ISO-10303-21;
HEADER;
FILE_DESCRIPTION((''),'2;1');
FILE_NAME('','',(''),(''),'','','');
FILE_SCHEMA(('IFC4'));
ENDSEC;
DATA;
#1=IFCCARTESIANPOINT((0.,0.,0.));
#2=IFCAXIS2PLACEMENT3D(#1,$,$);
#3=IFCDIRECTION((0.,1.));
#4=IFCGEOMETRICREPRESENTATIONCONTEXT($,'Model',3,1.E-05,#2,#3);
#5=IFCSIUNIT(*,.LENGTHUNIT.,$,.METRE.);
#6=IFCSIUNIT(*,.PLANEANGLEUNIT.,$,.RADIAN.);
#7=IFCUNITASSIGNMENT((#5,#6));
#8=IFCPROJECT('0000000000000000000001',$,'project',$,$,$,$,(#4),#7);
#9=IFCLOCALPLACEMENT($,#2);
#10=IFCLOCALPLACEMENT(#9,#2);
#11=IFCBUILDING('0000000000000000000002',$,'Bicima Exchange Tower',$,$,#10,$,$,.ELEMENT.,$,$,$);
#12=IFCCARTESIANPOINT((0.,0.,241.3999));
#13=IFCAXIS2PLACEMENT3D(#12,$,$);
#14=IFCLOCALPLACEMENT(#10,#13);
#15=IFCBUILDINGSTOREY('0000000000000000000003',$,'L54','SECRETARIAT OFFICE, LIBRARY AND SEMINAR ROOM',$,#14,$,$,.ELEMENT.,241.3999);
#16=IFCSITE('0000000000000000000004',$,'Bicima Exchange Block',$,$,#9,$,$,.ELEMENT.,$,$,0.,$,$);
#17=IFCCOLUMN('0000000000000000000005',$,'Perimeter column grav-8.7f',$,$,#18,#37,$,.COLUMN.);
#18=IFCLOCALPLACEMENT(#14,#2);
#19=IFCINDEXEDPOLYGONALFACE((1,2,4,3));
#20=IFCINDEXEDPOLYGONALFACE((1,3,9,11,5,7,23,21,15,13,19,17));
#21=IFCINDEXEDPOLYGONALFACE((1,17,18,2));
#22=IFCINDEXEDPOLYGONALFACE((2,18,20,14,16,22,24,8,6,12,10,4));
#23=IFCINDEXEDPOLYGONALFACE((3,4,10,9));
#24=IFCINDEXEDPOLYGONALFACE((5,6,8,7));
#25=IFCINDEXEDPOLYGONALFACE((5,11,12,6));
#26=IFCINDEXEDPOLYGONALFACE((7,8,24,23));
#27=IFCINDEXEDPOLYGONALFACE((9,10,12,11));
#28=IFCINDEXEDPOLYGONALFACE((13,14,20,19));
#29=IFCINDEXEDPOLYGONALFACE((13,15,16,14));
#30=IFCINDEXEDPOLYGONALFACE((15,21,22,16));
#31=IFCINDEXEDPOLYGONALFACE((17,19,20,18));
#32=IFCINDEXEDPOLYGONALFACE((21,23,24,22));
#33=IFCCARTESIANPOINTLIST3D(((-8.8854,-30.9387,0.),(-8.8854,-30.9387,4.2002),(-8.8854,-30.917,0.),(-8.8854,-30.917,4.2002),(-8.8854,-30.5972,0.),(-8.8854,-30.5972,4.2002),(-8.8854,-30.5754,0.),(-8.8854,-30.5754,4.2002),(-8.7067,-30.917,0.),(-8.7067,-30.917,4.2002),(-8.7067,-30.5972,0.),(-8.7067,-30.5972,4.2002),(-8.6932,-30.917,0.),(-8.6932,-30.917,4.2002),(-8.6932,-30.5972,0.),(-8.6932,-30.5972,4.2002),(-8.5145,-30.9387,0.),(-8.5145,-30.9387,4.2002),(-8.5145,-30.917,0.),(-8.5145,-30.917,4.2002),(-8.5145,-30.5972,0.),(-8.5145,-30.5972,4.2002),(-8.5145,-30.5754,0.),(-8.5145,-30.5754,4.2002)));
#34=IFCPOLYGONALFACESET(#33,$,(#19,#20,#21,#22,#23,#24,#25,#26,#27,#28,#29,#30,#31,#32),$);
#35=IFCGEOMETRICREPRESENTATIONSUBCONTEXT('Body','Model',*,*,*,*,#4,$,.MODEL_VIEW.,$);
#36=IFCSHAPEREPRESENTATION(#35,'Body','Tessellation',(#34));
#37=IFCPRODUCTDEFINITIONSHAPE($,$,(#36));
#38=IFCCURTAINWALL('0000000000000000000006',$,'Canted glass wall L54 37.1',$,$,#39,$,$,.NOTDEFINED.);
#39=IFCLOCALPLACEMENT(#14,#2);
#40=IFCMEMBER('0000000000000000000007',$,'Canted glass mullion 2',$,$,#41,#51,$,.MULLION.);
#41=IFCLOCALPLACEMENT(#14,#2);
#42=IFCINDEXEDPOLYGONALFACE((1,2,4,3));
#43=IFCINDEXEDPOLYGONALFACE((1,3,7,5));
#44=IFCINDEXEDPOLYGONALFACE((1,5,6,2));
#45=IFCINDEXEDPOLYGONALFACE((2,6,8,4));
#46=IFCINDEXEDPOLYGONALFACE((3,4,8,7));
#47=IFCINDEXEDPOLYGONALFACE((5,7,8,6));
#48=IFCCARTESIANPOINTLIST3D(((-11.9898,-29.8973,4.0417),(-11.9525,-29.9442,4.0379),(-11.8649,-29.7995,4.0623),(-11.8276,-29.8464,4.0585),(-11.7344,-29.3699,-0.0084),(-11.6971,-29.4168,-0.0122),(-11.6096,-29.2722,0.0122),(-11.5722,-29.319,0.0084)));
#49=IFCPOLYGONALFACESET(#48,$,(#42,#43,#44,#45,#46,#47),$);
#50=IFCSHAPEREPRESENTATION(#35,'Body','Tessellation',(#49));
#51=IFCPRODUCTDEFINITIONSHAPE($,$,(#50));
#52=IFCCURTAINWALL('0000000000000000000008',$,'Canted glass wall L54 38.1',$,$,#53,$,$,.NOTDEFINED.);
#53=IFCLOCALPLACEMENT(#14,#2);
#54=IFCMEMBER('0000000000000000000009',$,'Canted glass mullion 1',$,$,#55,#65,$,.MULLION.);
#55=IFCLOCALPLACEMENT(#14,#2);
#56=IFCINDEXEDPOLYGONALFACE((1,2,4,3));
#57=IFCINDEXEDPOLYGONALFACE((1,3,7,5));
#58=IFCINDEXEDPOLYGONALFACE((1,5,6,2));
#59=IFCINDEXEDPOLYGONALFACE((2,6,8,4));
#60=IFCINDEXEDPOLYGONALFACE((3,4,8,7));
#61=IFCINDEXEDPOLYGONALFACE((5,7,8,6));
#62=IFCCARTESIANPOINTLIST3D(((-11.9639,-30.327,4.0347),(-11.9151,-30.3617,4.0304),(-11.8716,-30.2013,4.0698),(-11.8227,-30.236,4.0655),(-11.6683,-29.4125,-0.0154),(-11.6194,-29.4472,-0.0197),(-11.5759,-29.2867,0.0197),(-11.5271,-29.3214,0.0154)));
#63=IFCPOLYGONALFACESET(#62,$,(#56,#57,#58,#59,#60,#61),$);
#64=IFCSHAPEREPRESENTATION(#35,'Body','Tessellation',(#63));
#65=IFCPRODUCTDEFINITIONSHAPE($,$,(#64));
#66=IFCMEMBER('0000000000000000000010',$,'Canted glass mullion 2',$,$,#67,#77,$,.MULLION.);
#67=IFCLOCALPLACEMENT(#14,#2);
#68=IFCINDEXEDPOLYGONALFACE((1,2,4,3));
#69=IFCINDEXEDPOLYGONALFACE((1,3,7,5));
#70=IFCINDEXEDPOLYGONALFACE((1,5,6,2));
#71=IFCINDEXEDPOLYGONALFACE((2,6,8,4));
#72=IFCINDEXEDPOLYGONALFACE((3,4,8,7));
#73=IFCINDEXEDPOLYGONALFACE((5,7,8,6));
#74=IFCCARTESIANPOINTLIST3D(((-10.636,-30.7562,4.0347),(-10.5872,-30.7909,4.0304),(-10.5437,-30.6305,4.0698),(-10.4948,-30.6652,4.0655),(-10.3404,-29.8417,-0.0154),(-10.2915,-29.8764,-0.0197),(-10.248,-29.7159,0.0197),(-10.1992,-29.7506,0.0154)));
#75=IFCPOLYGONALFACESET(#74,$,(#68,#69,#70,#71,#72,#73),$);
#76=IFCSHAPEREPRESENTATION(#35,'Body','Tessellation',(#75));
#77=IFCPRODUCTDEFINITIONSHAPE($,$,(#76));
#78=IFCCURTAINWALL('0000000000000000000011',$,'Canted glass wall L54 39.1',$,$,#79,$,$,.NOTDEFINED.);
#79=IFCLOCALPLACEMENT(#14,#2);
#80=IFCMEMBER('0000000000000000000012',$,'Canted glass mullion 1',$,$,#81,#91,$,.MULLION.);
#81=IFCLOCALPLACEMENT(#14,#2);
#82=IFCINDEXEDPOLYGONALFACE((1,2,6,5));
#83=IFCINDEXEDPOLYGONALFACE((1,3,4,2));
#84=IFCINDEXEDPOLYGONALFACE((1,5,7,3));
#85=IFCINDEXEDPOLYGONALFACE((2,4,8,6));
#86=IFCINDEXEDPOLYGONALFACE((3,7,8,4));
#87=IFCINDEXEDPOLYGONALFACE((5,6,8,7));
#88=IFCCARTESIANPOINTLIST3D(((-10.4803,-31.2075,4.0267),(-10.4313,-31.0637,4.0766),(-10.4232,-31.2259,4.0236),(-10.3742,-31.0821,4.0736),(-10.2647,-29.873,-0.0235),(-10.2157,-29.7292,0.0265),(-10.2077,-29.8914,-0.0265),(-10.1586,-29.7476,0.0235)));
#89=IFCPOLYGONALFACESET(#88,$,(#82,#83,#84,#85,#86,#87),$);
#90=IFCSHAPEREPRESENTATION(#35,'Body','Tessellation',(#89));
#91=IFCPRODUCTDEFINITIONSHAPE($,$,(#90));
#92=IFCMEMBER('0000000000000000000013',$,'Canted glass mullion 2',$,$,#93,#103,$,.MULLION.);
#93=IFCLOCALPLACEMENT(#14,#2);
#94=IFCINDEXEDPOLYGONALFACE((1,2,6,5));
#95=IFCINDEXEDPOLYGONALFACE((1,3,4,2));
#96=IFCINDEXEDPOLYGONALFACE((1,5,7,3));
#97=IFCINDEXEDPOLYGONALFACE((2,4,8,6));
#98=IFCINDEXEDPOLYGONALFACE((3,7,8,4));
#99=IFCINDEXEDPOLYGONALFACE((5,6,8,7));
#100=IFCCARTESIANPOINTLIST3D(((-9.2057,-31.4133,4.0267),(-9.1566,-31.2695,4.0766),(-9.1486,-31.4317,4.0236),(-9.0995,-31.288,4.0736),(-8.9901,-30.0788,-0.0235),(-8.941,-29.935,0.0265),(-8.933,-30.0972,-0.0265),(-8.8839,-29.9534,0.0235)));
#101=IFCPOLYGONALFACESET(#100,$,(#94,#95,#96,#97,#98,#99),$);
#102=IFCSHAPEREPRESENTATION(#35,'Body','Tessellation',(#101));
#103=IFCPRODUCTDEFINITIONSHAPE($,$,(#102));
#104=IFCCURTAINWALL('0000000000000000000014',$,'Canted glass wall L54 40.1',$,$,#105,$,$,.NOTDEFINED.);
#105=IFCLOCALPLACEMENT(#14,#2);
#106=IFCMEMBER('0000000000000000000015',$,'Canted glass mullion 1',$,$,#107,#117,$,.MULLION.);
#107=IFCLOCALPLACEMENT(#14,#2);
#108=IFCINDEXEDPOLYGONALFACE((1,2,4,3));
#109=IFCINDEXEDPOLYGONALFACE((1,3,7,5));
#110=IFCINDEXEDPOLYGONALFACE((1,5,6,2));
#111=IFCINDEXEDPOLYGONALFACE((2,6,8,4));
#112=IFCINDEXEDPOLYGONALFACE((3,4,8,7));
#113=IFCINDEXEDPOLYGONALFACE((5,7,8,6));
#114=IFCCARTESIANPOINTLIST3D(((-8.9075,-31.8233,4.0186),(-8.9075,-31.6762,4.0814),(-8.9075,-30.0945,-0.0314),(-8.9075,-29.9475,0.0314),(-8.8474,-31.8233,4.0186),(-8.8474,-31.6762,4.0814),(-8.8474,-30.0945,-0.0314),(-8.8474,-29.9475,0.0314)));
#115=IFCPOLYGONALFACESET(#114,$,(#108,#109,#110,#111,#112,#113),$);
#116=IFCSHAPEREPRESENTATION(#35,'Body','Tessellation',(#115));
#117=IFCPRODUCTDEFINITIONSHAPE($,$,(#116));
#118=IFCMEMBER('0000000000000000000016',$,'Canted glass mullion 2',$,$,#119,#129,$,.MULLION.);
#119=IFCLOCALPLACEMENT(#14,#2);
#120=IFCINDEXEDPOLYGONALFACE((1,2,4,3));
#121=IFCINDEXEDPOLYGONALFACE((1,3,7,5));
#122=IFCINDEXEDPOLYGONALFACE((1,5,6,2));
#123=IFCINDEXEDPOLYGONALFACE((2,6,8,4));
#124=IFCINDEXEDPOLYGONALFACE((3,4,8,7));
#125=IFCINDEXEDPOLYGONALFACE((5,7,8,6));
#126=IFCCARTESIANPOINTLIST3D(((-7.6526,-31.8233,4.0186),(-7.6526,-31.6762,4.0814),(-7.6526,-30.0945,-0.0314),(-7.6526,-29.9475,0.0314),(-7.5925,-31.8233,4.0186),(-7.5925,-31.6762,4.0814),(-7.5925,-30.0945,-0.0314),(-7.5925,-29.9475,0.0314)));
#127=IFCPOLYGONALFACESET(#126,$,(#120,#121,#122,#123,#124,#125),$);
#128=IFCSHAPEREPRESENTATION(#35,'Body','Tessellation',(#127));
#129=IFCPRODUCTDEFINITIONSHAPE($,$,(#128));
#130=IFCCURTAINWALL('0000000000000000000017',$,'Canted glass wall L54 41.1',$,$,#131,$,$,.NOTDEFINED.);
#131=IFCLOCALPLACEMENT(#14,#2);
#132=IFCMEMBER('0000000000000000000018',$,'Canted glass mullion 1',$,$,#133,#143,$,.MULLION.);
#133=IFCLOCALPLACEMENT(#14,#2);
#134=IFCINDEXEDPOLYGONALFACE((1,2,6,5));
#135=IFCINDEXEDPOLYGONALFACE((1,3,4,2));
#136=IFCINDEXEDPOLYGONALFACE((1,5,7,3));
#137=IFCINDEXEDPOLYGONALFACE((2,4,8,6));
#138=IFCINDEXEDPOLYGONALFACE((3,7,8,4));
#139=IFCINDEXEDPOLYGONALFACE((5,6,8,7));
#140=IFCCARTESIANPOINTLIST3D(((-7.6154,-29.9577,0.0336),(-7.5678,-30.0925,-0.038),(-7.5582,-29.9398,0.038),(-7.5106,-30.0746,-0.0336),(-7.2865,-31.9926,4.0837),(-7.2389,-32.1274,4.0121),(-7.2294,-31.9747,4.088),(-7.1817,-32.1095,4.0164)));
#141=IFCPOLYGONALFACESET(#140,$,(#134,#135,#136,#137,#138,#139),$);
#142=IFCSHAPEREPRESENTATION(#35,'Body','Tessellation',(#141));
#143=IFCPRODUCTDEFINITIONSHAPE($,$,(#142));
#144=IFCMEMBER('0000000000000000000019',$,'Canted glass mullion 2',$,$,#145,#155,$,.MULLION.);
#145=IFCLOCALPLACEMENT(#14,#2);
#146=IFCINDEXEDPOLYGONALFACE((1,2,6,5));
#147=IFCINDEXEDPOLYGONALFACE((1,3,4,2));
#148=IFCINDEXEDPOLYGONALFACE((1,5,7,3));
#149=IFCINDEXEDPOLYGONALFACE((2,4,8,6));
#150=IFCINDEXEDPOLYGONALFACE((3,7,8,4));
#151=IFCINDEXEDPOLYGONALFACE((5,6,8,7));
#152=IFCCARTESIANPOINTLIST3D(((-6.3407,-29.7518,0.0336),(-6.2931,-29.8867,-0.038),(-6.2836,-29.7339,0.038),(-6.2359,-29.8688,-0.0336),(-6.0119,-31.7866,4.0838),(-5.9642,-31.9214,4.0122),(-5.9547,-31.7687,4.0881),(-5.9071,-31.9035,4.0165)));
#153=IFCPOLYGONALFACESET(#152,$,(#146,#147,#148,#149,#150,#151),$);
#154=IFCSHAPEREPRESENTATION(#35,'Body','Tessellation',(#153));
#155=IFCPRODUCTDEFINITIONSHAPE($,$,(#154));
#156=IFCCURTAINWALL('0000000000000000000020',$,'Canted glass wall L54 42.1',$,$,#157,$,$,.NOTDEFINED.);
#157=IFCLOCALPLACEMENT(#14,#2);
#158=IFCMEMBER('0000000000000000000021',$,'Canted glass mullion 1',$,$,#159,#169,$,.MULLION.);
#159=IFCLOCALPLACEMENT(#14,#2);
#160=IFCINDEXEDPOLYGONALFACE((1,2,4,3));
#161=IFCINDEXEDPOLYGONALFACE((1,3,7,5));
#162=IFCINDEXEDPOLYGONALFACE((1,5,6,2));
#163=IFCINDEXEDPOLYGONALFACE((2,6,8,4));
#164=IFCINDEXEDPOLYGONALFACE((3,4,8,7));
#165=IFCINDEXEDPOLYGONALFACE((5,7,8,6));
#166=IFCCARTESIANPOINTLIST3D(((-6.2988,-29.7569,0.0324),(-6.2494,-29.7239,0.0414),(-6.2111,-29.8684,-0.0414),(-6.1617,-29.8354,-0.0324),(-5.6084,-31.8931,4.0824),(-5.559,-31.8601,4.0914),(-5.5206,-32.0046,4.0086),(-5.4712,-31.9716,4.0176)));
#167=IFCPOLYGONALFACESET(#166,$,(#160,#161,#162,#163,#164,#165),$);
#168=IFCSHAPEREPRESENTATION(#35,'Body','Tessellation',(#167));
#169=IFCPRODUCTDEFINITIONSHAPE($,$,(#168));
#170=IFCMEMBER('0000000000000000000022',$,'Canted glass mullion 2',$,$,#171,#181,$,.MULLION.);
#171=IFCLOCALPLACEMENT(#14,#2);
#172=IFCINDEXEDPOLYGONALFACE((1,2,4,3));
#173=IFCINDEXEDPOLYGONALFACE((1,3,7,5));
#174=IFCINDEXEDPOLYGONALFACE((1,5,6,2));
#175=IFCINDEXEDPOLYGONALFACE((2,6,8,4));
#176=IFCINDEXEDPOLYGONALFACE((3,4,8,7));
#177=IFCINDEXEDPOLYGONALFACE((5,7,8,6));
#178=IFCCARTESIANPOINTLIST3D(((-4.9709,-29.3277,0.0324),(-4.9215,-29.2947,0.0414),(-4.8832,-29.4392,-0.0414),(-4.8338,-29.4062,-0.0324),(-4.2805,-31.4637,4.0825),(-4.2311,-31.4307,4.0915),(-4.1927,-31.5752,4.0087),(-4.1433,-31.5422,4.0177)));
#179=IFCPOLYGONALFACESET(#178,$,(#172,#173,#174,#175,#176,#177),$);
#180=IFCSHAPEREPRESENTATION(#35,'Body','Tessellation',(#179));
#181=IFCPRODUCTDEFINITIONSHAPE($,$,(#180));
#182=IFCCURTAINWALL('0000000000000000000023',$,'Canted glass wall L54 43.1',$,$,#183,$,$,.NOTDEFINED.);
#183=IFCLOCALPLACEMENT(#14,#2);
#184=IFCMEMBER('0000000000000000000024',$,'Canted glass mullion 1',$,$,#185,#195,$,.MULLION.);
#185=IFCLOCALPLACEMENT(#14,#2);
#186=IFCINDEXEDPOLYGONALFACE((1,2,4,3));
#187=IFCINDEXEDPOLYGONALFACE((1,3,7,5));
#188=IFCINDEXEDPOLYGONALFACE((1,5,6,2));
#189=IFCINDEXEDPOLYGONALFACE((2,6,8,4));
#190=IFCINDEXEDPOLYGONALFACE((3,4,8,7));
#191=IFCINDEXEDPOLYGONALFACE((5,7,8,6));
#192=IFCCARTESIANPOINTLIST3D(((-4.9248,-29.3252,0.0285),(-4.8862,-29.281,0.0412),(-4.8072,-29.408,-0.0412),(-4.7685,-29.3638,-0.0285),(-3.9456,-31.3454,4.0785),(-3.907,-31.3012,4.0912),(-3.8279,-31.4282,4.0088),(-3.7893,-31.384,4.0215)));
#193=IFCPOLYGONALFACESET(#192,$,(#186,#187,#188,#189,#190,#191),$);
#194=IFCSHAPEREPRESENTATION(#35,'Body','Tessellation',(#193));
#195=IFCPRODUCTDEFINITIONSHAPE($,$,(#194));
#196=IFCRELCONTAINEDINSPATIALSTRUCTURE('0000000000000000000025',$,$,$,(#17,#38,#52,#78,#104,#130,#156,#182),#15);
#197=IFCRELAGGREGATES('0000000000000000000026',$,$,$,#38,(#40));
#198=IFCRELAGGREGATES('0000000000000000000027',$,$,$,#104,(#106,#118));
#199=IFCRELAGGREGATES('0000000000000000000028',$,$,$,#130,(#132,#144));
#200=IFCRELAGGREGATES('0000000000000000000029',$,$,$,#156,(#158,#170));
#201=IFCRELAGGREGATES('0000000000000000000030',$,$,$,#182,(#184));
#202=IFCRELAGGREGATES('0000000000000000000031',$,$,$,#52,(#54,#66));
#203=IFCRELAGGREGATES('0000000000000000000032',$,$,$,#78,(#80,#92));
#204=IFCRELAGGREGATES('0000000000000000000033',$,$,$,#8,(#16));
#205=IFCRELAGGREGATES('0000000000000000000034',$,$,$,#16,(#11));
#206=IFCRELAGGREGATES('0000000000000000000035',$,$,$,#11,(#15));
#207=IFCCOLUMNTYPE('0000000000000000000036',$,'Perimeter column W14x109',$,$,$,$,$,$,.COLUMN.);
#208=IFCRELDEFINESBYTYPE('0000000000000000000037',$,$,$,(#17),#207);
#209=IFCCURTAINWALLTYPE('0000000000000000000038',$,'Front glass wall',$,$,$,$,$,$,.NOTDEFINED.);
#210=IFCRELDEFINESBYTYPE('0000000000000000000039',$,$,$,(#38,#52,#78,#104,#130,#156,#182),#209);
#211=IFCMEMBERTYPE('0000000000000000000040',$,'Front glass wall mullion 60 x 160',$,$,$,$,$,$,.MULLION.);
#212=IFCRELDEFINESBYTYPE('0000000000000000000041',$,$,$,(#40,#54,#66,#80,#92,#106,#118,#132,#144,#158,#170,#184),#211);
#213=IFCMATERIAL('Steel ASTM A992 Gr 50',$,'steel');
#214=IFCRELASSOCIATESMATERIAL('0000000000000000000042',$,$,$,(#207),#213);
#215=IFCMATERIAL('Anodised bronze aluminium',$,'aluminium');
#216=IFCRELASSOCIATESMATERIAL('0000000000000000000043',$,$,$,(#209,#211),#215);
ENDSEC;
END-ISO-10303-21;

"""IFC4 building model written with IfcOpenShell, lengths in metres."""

from ifc_helpers import new_model, si_unit, direction, frame, origin, origin_2d, place, context, subcontext, project, spatial, rectangle, i_section, extrude, material, material_profile, profile_set, type_object, element, aggregate, save


model = new_model("IFC4")

# Units and contexts
model_context = context("Model", 3, precision=1e-05, world=origin(), true_north=direction((0.0, 1.0)))
body_context = subcontext(model_context, "Body", "Model", "MODEL_VIEW")
ifc_project = project(units=[si_unit("LENGTHUNIT", "METRE"), si_unit("PLANEANGLEUNIT", "RADIAN")], contexts=[model_context])

# Site, building, storey
site_placement = place(None, origin())
site = spatial("IfcSite", under=ifc_project, at=site_placement, Name="Bicima Exchange Block", CompositionType="ELEMENT", RefElevation=0.0)
building_placement = place(site_placement, origin())
building = spatial("IfcBuilding", under=site, at=building_placement, Name="Bicima Exchange Tower", CompositionType="ELEMENT")
storey_placement = place(building_placement, frame((0.0, 0.0, 241.3999)))
storey = spatial("IfcBuildingStorey", under=building, at=storey_placement, Name="L54", Description="SECRETARIAT OFFICE, LIBRARY AND SEMINAR ROOM", CompositionType="ELEMENT", Elevation=241.3999)

# Column
ifc_material_1 = material(Name="Steel ASTM A992 Gr 50", Category="steel")
ifc_material_profile_1 = material_profile(ifc_material_1, i_section(OverallWidth=0.3708, OverallDepth=0.3633, WebThickness=0.0134, FlangeThickness=0.0217, at=origin_2d()))
ifc_profile_set_1 = profile_set([ifc_material_profile_1], Name="Steel ASTM A992 Gr 50")
column_type = type_object("IfcColumnType", Name="Perimeter column W14x109", PredefinedType="COLUMN", material=ifc_profile_set_1)
column_placement = place(storey_placement, frame((-8.7, -30.7571, 0.0), z_axis=(0.0, 0.0, 1.0), x_axis=(1.0, 0.0, 0.0)))
element("IfcColumn", 1, at=column_placement, inside=storey, type_object=column_type, Name="Perimeter column grav-8.7f", PredefinedType="COLUMN", context=body_context, shape_type="SweptSolid", body=[
    extrude(i_section(OverallWidth=0.3708, OverallDepth=0.3633, WebThickness=0.0134, FlangeThickness=0.0217, at=origin_2d()), origin(), (0.0, 0.0, 1.0), 4.2002),
])

# Curtain wall, member
ifc_material_2 = material(Name="Anodised bronze aluminium", Category="aluminium")
curtain_wall_type = type_object("IfcCurtainWallType", Name="Front glass wall", PredefinedType="NOTDEFINED", material=ifc_material_2)
curtain_wall_1_placement = place(storey_placement, origin())
curtain_wall_1 = element("IfcCurtainWall", 2, at=curtain_wall_1_placement, inside=storey, type_object=curtain_wall_type, Name="Canted glass wall L54 37.1", PredefinedType="NOTDEFINED")
ifc_material_profile_2 = material_profile(ifc_material_2, rectangle(XDim=0.1599, YDim=0.0601, at=origin_2d()))
ifc_profile_set_2 = profile_set([ifc_material_profile_2], Name="Anodised bronze aluminium")
member_type_1 = type_object("IfcMemberType", Name="Front glass wall mullion 60 x 160", PredefinedType="MULLION", material=ifc_profile_set_2)
member_1_placement = place(storey_placement, frame((-11.6533, -29.3445, 0.0), z_axis=(-0.062404, -0.128865, 0.989697), x_axis=(0.78078, 0.611378, 0.128837)))
member_1 = element("IfcMember", 3, at=member_1_placement, type_object=member_type_1, Name="Canted glass mullion 2", PredefinedType="MULLION", context=body_context, shape_type="SweptSolid", body=[
    extrude(rectangle(XDim=0.1599, YDim=0.0601, at=origin_2d()), origin(), (0.0, 0.0, 1.0), 4.0923),
])
aggregate(curtain_wall_1, [member_1])

# Curtain walls, members
curtain_wall_2_placement = place(storey_placement, origin())
curtain_wall_2 = element("IfcCurtainWall", 4, at=curtain_wall_2_placement, inside=storey, type_object=curtain_wall_type, Name="Canted glass wall L54 38.1", PredefinedType="NOTDEFINED")
member_2_placement = place(storey_placement, frame((-11.5977, -29.3669, 0.0), z_axis=(-0.071027, -0.21971, 0.972976), x_axis=(0.577454, 0.786304, 0.219711)))
member_2 = element("IfcMember", 5, at=member_2_placement, type_object=member_type_1, Name="Canted glass mullion 1", PredefinedType="MULLION", context=body_context, shape_type="SweptSolid", body=[
    extrude(rectangle(XDim=0.1599, YDim=0.0601, at=origin_2d()), origin(), (0.0, 0.0, 1.0), 4.1626),
])
member_3_placement = place(storey_placement, frame((-10.2698, -29.7961, 0.0), z_axis=(-0.071027, -0.21971, 0.972976), x_axis=(0.577454, 0.786304, 0.219711)))
member_3 = element("IfcMember", 6, at=member_3_placement, type_object=member_type_1, Name="Canted glass mullion 2", PredefinedType="MULLION", context=body_context, shape_type="SweptSolid", body=[
    extrude(rectangle(XDim=0.1599, YDim=0.0601, at=origin_2d()), origin(), (0.0, 0.0, 1.0), 4.1626),
])
curtain_wall_3_placement = place(storey_placement, origin())
curtain_wall_3 = element("IfcCurtainWall", 7, at=curtain_wall_3_placement, inside=storey, type_object=curtain_wall_type, Name="Canted glass wall L54 39.1", PredefinedType="NOTDEFINED")
member_4_placement = place(storey_placement, frame((-10.2117, -29.8103, 0.0), z_axis=(-0.05049, -0.312546, 0.94856), x_axis=(0.306862, 0.898974, 0.312541)))
member_4 = element("IfcMember", 8, at=member_4_placement, type_object=member_type_1, Name="Canted glass mullion 1", PredefinedType="MULLION", context=body_context, shape_type="SweptSolid", body=[
    extrude(rectangle(XDim=0.1599, YDim=0.0601, at=origin_2d()), origin(), (0.0, 0.0, 1.0), 4.2698),
])
member_5_placement = place(storey_placement, frame((-8.937, -30.0161, 0.0), z_axis=(-0.05049, -0.312546, 0.94856), x_axis=(0.306862, 0.898974, 0.312541)))
member_5 = element("IfcMember", 9, at=member_5_placement, type_object=member_type_1, Name="Canted glass mullion 2", PredefinedType="MULLION", context=body_context, shape_type="SweptSolid", body=[
    extrude(rectangle(XDim=0.1599, YDim=0.0601, at=origin_2d()), origin(), (0.0, 0.0, 1.0), 4.2698),
])
curtain_wall_4_placement = place(storey_placement, origin())
curtain_wall_4 = element("IfcCurtainWall", 10, at=curtain_wall_4_placement, inside=storey, type_object=curtain_wall_type, Name="Canted glass wall L54 40.1", PredefinedType="NOTDEFINED")
member_6_placement = place(storey_placement, frame((-8.8774, -30.021, 0.0), z_axis=(0.0, -0.392581, 0.919718), x_axis=(0.0, 0.919718, 0.392581)))
member_6 = element("IfcMember", 11, at=member_6_placement, type_object=member_type_1, Name="Canted glass mullion 1", PredefinedType="MULLION", context=body_context, shape_type="SweptSolid", body=[
    extrude(rectangle(XDim=0.1599, YDim=0.0601, at=origin_2d()), origin(), (0.0, 0.0, 1.0), 4.4036),
])
member_7_placement = place(storey_placement, frame((-7.6226, -30.021, 0.0), z_axis=(0.0, -0.392581, 0.919718), x_axis=(0.0, 0.919718, 0.392581)))
member_7 = element("IfcMember", 12, at=member_7_placement, type_object=member_type_1, Name="Canted glass mullion 2", PredefinedType="MULLION", context=body_context, shape_type="SweptSolid", body=[
    extrude(rectangle(XDim=0.1599, YDim=0.0601, at=origin_2d()), origin(), (0.0, 0.0, 1.0), 4.4036),
])
curtain_wall_5_placement = place(storey_placement, origin())
curtain_wall_5 = element("IfcCurtainWall", 13, at=curtain_wall_5_placement, inside=storey, type_object=curtain_wall_type, Name="Canted glass wall L54 41.1", PredefinedType="NOTDEFINED")
member_8_placement = place(storey_placement, frame((-7.563, -30.0161, 0.0), z_axis=(0.072365, -0.447781, 0.89121), x_axis=(-0.297885, 0.843065, 0.447779)))
member_8 = element("IfcMember", 14, at=member_8_placement, type_object=member_type_1, Name="Canted glass mullion 1", PredefinedType="MULLION", context=body_context, shape_type="SweptSolid", body=[
    extrude(rectangle(XDim=0.1599, YDim=0.0601, at=origin_2d()), origin(), (0.0, 0.0, 1.0), 4.5444),
])
member_9_placement = place(storey_placement, frame((-6.2883, -29.8103, 0.0), z_axis=(0.072367, -0.447738, 0.891232), x_axis=(-0.297905, 0.84308, 0.447737)))
member_9 = element("IfcMember", 15, at=member_9_placement, type_object=member_type_1, Name="Canted glass mullion 2", PredefinedType="MULLION", context=body_context, shape_type="SweptSolid", body=[
    extrude(rectangle(XDim=0.1599, YDim=0.0601, at=origin_2d()), origin(), (0.0, 0.0, 1.0), 4.5444),
])
curtain_wall_6_placement = place(storey_placement, origin())
curtain_wall_6 = element("IfcCurtainWall", 16, at=curtain_wall_6_placement, inside=storey, type_object=curtain_wall_type, Name="Canted glass wall L54 42.1", PredefinedType="NOTDEFINED")
member_10_placement = place(storey_placement, frame((-6.2302, -29.7961, 0.0), z_axis=(0.149099, -0.461322, 0.874615), x_axis=(-0.548615, 0.697288, 0.461315)))
member_10 = element("IfcMember", 17, at=member_10_placement, type_object=member_type_1, Name="Canted glass mullion 1", PredefinedType="MULLION", context=body_context, shape_type="SweptSolid", body=[
    extrude(rectangle(XDim=0.1599, YDim=0.0601, at=origin_2d()), origin(), (0.0, 0.0, 1.0), 4.6306),
])
member_11_placement = place(storey_placement, frame((-4.9023, -29.3669, 0.0), z_axis=(0.149103, -0.461281, 0.874636), x_axis=(-0.548645, 0.697289, 0.461278)))
member_11 = element("IfcMember", 18, at=member_11_placement, type_object=member_type_1, Name="Canted glass mullion 2", PredefinedType="MULLION", context=body_context, shape_type="SweptSolid", body=[
    extrude(rectangle(XDim=0.1599, YDim=0.0601, at=origin_2d()), origin(), (0.0, 0.0, 1.0), 4.6306),
])

# Curtain wall, member
curtain_wall_7_placement = place(storey_placement, origin())
curtain_wall_7 = element("IfcCurtainWall", 19, at=curtain_wall_7_placement, inside=storey, type_object=curtain_wall_type, Name="Canted glass wall L54 43.1", PredefinedType="NOTDEFINED")
member_12_placement = place(storey_placement, frame((-4.8467, -29.3445, 0.0), z_axis=(0.211469, -0.436277, 0.87461), x_axis=(-0.735836, 0.517904, 0.436258)))
member_12 = element("IfcMember", 20, at=member_12_placement, type_object=member_type_1, Name="Canted glass mullion 1", PredefinedType="MULLION", context=body_context, shape_type="SweptSolid", body=[
    extrude(rectangle(XDim=0.1599, YDim=0.0601, at=origin_2d()), origin(), (0.0, 0.0, 1.0), 4.6306),
])

aggregate(curtain_wall_4, [member_6, member_7])
aggregate(curtain_wall_5, [member_8, member_9])
aggregate(curtain_wall_6, [member_10, member_11])
aggregate(curtain_wall_7, [member_12])
aggregate(curtain_wall_2, [member_2, member_3])
aggregate(curtain_wall_3, [member_4, member_5])

save(model, "model.ifc")
